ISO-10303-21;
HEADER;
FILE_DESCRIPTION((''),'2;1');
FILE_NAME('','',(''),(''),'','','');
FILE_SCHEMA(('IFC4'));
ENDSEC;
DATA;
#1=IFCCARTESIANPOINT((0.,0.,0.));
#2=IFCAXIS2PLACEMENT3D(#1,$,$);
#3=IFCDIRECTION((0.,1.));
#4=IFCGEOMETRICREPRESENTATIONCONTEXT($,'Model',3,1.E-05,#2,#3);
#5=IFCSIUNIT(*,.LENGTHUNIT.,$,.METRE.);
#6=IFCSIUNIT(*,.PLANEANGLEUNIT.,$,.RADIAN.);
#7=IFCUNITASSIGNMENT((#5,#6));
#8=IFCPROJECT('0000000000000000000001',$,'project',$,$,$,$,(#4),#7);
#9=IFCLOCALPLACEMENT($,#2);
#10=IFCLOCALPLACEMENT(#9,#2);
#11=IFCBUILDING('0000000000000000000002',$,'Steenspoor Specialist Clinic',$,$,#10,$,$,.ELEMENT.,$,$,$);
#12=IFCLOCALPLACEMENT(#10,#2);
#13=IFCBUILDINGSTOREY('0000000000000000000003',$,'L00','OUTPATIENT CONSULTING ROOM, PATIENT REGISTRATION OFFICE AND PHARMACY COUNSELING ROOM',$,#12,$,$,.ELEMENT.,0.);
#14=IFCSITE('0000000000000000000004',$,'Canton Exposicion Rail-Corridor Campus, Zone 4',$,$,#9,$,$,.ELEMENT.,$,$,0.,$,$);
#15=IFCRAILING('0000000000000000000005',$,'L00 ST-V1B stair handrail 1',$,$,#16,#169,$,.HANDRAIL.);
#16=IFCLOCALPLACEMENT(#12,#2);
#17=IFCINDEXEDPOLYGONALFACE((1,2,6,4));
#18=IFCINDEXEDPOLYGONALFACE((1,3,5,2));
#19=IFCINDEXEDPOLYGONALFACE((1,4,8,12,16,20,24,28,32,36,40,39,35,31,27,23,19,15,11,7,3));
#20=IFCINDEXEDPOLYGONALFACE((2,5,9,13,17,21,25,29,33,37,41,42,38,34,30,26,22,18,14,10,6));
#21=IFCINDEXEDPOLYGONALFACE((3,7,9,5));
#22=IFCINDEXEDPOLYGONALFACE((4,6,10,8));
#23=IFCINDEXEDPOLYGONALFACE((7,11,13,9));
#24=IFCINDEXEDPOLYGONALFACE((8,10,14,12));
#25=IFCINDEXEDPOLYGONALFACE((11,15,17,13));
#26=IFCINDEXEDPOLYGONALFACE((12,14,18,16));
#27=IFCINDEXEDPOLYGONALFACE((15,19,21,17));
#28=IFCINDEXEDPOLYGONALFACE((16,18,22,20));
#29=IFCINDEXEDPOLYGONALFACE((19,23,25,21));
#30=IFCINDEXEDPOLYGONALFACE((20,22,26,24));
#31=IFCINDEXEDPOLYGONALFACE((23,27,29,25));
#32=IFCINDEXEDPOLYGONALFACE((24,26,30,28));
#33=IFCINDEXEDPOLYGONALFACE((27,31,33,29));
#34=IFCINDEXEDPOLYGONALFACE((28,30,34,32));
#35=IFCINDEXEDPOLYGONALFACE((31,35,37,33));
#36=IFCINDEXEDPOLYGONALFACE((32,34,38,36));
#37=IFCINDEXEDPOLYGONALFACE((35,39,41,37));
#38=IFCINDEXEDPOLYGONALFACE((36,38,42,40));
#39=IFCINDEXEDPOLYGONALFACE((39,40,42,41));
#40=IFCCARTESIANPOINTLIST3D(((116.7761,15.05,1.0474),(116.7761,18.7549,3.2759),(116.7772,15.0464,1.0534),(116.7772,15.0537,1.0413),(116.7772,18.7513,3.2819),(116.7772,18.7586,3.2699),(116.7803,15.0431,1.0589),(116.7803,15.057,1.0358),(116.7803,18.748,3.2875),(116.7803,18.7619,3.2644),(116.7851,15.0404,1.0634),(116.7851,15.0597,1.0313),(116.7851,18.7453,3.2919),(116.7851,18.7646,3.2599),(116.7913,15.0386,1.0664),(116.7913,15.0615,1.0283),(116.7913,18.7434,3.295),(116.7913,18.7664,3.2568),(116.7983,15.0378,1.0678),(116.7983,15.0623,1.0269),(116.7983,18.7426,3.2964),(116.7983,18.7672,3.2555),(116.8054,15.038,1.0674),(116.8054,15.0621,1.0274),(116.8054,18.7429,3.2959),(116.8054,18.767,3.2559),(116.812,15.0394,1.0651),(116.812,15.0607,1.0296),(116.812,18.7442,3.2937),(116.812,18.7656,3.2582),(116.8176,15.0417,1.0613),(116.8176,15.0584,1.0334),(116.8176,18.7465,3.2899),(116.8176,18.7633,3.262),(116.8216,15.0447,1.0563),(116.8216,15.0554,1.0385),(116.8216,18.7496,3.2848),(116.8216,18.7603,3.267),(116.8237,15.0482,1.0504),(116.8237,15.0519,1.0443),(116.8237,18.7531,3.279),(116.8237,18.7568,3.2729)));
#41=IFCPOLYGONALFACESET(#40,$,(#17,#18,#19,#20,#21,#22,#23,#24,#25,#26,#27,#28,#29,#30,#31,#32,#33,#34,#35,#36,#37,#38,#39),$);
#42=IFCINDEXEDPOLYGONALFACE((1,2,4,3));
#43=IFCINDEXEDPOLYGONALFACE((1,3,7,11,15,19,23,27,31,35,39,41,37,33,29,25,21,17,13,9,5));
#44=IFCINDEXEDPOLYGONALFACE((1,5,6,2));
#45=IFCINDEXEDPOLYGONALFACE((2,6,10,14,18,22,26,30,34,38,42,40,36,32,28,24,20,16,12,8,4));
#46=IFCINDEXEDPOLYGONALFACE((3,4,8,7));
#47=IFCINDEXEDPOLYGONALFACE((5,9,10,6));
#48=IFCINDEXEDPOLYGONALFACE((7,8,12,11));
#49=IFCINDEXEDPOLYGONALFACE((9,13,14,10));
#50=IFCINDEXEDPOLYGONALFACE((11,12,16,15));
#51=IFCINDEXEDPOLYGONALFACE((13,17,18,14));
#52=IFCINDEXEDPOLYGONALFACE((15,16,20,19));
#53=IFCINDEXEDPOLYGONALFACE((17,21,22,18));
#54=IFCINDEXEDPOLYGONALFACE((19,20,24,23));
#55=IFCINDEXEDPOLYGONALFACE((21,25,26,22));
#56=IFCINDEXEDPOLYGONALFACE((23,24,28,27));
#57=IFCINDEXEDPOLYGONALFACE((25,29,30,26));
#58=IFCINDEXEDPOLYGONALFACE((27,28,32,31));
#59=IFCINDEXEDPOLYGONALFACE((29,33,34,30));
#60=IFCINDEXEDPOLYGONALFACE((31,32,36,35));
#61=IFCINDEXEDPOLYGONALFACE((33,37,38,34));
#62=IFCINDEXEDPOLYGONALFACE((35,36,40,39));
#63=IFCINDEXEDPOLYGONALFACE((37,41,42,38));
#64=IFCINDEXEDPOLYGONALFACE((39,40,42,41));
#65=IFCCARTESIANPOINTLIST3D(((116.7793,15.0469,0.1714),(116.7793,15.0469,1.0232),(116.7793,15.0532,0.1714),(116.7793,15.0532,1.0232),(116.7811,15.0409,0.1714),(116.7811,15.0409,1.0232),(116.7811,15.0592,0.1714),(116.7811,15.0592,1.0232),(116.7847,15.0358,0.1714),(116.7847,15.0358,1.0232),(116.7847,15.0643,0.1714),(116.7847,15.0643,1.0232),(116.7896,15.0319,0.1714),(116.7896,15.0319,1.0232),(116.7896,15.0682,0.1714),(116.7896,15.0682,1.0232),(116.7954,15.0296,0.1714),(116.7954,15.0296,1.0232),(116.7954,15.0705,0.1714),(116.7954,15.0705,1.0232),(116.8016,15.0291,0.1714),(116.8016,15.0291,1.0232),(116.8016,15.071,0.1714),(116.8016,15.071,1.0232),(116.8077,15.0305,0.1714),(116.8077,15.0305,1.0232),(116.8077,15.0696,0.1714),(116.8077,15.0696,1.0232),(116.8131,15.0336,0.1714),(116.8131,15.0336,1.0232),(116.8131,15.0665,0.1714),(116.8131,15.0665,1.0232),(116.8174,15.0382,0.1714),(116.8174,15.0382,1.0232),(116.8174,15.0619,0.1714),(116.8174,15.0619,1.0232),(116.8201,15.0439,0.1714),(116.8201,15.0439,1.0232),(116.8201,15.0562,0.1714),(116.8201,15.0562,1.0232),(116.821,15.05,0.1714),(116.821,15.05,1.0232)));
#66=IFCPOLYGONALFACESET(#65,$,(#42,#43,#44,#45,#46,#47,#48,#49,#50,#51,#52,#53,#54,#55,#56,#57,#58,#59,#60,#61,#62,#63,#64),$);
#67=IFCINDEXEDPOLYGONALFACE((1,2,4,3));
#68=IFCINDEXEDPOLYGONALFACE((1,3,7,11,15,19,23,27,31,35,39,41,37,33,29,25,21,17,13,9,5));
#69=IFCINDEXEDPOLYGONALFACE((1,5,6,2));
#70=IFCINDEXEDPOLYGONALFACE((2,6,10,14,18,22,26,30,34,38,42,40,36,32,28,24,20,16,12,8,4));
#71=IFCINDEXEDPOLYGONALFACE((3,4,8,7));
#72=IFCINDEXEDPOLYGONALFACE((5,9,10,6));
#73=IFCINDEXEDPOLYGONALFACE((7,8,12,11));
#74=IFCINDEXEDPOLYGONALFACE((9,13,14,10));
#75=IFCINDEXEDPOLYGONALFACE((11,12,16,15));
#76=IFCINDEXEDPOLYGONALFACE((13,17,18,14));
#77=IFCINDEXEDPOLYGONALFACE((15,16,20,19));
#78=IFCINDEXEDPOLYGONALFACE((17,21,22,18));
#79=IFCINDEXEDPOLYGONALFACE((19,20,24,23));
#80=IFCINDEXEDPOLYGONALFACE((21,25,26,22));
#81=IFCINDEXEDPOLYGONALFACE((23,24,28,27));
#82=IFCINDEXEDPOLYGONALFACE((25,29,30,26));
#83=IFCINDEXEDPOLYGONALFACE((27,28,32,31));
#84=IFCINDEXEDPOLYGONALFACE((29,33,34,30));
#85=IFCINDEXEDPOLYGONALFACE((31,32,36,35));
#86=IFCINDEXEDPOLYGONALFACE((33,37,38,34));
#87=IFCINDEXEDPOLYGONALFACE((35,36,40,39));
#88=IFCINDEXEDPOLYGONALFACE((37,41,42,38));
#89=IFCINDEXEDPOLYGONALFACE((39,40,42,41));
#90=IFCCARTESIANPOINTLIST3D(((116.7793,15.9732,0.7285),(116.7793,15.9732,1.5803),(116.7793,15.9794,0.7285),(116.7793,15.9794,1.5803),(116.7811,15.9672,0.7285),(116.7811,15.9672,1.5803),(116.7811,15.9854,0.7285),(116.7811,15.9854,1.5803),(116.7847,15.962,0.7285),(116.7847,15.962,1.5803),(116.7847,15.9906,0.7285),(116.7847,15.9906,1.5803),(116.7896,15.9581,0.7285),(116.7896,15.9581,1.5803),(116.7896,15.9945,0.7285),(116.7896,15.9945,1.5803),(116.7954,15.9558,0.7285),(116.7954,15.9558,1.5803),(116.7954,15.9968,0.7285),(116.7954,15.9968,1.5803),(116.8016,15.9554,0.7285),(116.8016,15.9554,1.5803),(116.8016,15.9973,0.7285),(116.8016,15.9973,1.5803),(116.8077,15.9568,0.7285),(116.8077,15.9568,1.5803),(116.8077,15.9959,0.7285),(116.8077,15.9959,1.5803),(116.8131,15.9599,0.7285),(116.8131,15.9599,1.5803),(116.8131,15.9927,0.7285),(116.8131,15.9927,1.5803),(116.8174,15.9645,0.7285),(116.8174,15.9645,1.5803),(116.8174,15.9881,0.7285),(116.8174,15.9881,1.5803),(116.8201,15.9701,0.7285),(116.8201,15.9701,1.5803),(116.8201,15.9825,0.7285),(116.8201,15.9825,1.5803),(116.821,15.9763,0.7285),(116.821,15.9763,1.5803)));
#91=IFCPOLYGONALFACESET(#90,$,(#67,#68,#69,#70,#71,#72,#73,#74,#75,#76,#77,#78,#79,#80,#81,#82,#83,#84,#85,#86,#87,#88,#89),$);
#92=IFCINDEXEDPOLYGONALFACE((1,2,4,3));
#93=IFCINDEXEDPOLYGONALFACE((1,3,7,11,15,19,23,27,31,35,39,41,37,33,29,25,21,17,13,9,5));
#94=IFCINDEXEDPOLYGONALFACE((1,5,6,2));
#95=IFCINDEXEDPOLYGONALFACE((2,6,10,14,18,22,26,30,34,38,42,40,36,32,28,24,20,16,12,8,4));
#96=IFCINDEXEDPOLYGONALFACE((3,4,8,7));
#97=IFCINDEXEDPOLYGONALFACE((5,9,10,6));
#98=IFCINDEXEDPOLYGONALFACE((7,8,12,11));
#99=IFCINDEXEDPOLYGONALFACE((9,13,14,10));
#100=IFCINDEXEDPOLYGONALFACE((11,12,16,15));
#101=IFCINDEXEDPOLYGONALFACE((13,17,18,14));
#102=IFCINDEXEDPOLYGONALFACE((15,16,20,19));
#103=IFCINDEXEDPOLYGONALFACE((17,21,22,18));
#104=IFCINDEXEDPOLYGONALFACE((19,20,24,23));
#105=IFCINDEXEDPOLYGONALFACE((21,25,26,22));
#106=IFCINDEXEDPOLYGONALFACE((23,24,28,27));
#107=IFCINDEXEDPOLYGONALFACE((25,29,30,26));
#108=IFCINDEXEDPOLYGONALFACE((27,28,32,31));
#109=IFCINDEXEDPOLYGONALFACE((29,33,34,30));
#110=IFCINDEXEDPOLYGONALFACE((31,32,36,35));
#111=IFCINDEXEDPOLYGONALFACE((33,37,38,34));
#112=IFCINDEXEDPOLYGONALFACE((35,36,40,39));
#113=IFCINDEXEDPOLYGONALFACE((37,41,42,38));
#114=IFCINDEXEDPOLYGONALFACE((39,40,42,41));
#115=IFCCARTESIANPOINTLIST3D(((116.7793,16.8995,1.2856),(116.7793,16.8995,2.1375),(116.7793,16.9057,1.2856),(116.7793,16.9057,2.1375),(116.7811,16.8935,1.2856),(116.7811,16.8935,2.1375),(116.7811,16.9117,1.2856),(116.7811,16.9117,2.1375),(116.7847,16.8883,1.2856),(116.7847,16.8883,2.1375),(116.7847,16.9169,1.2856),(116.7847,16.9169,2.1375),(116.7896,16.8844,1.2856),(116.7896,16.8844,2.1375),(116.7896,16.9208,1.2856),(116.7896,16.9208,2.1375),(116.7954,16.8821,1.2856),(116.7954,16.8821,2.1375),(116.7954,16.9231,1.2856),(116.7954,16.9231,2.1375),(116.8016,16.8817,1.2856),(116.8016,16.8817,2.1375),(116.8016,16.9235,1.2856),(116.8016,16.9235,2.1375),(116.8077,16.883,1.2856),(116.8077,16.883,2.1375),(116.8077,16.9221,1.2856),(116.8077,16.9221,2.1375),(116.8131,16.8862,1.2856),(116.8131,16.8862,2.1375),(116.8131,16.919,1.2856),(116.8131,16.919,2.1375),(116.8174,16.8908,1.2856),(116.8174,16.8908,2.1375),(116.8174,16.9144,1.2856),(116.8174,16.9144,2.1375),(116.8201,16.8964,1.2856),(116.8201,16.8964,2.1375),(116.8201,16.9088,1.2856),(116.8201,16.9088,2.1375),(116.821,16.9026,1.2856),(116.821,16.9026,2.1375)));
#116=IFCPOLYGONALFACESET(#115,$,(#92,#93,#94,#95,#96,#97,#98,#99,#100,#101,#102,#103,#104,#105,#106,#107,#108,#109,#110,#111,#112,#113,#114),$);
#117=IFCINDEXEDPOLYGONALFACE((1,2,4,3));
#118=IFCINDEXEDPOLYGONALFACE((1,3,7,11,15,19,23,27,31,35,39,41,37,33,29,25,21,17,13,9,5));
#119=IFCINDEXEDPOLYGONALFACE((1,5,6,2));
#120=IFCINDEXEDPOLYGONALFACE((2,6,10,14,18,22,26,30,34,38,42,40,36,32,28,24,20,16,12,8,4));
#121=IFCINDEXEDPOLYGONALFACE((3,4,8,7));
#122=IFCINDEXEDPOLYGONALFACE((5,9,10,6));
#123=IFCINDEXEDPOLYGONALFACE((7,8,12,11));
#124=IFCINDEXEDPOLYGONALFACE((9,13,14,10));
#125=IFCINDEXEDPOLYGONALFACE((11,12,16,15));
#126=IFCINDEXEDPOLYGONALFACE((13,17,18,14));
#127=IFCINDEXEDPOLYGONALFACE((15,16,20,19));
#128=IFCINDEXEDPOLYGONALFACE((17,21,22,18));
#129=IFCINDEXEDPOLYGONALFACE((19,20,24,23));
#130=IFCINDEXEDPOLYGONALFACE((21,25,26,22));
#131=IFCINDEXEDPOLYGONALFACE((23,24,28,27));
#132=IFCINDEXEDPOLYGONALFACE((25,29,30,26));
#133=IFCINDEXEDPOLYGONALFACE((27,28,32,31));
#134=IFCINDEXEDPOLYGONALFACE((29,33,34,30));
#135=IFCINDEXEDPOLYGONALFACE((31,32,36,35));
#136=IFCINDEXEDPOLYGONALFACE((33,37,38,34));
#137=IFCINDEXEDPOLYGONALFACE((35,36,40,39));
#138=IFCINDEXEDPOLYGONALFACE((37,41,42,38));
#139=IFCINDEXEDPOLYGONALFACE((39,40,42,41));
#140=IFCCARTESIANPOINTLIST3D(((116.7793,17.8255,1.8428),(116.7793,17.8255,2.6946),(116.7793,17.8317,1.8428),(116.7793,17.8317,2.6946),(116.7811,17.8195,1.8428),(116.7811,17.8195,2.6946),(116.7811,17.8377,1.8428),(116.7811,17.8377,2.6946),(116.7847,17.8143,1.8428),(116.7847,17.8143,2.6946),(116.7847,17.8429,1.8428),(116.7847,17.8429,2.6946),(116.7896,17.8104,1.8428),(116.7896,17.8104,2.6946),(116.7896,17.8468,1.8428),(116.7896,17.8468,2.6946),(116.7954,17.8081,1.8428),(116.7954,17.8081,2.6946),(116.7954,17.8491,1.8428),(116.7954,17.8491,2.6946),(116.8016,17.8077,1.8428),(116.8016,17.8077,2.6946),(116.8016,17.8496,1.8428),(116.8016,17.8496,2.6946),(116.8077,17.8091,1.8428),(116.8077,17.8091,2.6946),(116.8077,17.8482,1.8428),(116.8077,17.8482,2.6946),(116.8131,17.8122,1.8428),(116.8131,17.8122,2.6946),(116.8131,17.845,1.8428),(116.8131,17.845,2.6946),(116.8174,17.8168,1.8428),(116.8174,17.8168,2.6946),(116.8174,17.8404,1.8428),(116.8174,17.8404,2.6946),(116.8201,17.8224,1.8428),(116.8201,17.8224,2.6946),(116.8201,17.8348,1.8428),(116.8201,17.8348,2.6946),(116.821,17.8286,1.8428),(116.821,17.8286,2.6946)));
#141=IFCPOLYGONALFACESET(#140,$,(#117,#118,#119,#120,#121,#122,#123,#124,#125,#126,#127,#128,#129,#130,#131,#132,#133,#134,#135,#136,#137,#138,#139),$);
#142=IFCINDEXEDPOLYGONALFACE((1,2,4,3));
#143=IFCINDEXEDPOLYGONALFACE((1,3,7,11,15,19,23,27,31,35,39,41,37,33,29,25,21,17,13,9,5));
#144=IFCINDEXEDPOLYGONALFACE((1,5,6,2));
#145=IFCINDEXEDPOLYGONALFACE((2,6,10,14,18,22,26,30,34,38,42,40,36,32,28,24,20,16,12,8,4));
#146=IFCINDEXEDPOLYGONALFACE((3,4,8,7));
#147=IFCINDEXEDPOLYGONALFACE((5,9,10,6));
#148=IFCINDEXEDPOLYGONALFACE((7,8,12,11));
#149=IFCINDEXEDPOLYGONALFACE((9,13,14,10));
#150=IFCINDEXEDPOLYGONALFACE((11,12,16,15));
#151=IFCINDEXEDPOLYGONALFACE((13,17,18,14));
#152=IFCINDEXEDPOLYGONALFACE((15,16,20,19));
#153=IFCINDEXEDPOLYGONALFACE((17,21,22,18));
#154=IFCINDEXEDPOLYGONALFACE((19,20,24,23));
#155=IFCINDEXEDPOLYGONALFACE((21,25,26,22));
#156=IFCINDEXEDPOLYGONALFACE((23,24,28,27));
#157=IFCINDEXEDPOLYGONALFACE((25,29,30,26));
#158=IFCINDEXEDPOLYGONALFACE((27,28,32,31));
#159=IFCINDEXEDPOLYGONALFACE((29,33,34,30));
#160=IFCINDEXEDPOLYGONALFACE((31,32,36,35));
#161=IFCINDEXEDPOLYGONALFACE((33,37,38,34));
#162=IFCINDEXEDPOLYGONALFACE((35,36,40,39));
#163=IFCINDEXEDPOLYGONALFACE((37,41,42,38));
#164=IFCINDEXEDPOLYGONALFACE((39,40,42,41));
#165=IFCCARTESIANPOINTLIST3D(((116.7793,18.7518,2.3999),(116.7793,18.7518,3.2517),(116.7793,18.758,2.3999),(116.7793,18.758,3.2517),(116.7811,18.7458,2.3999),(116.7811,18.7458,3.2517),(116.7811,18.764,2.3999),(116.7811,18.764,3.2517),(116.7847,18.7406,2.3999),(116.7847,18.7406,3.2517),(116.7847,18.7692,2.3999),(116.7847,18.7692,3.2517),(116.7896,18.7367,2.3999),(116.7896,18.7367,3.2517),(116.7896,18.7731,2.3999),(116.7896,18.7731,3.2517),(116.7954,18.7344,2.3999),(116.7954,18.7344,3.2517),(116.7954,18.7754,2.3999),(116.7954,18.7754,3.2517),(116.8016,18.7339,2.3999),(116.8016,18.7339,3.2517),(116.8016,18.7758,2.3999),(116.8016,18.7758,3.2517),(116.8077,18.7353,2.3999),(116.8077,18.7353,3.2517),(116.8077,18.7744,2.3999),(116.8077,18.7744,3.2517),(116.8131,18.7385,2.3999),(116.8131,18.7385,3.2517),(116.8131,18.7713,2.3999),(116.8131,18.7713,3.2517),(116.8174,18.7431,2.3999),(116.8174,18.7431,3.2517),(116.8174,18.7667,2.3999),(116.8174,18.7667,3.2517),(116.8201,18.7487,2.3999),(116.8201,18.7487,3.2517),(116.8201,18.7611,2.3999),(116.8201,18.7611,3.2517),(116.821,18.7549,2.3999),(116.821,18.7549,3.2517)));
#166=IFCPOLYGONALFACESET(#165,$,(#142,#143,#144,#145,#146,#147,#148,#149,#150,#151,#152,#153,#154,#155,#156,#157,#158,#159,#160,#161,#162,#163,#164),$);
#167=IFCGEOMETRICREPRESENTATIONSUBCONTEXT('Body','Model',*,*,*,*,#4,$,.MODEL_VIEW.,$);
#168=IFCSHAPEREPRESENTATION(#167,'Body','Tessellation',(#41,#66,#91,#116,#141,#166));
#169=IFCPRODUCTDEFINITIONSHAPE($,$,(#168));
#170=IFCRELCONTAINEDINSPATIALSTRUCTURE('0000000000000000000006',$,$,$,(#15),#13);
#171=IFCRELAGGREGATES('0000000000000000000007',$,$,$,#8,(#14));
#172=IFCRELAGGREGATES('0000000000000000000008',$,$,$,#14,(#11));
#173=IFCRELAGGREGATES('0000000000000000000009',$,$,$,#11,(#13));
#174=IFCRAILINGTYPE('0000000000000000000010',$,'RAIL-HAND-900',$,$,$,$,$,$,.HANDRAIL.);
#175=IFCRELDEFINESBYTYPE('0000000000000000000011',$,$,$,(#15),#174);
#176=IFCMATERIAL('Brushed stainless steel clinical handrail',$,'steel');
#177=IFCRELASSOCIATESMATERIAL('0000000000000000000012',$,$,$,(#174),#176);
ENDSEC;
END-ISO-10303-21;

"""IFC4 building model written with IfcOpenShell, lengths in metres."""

from ifc_helpers import new_model, si_unit, direction, frame, origin, origin_2d, place, context, subcontext, project, spatial, circle, extrude, material, type_object, element, save


model = new_model("IFC4")

# Units and contexts
model_context = context("Model", 3, precision=1e-05, world=origin(), true_north=direction((0.0, 1.0)))
body_context = subcontext(model_context, "Body", "Model", "MODEL_VIEW")
ifc_project = project(units=[si_unit("LENGTHUNIT", "METRE"), si_unit("PLANEANGLEUNIT", "RADIAN")], contexts=[model_context])

# Site, building, storey
site_placement = place(None, origin())
site = spatial("IfcSite", under=ifc_project, at=site_placement, Name="Canton Exposicion Rail-Corridor Campus, Zone 4", CompositionType="ELEMENT", RefElevation=0.0)
building_placement = place(site_placement, origin())
building = spatial("IfcBuilding", under=site, at=building_placement, Name="Steenspoor Specialist Clinic", CompositionType="ELEMENT")
storey_placement = place(building_placement, origin())
storey = spatial("IfcBuildingStorey", under=building, at=storey_placement, Name="L00", Description="OUTPATIENT CONSULTING ROOM, PATIENT REGISTRATION OFFICE AND PHARMACY COUNSELING ROOM", CompositionType="ELEMENT", Elevation=0.0)

# Railing
ifc_material_1 = material(Name="Brushed stainless steel clinical handrail", Category="steel")
railing_type_1 = type_object("IfcRailingType", Name="RAIL-HAND-900", PredefinedType="HANDRAIL", material=ifc_material_1)
railing_1_placement = place(storey_placement, frame((116.8, 15.05, 0.1714)))
element("IfcRailing", 1, at=railing_1_placement, inside=storey, type_object=railing_type_1, Name="L00 ST-V1B stair handrail 1", PredefinedType="HANDRAIL", context=body_context, shape_type="SweptSolid", body=[
    extrude(circle(Radius=0.0239, at=origin_2d()), frame((0.0, 0.0, 0.876), z_axis=(0.0, 0.856919, 0.51545), x_axis=(-1.0, 0.0, 0.0)), (0.0, 0.0, 1.0), 4.3235),
    extrude(circle(Radius=0.021, at=origin_2d()), origin(), (0.0, 0.0, 1.0), 0.8518),
    extrude(circle(Radius=0.021, at=origin_2d()), frame((0.0, 0.9263, 0.5571)), (0.0, 0.0, 1.0), 0.8518),
    extrude(circle(Radius=0.021, at=origin_2d()), frame((0.0, 1.8525, 1.1143)), (0.0, 0.0, 1.0), 0.8518),
    extrude(circle(Radius=0.021, at=origin_2d()), frame((0.0, 2.7786, 1.6714)), (0.0, 0.0, 1.0), 0.8518),
    extrude(circle(Radius=0.021, at=origin_2d()), frame((0.0, 3.7048, 2.2285)), (0.0, 0.0, 1.0), 0.8518),
])

save(model, "model.ifc")
